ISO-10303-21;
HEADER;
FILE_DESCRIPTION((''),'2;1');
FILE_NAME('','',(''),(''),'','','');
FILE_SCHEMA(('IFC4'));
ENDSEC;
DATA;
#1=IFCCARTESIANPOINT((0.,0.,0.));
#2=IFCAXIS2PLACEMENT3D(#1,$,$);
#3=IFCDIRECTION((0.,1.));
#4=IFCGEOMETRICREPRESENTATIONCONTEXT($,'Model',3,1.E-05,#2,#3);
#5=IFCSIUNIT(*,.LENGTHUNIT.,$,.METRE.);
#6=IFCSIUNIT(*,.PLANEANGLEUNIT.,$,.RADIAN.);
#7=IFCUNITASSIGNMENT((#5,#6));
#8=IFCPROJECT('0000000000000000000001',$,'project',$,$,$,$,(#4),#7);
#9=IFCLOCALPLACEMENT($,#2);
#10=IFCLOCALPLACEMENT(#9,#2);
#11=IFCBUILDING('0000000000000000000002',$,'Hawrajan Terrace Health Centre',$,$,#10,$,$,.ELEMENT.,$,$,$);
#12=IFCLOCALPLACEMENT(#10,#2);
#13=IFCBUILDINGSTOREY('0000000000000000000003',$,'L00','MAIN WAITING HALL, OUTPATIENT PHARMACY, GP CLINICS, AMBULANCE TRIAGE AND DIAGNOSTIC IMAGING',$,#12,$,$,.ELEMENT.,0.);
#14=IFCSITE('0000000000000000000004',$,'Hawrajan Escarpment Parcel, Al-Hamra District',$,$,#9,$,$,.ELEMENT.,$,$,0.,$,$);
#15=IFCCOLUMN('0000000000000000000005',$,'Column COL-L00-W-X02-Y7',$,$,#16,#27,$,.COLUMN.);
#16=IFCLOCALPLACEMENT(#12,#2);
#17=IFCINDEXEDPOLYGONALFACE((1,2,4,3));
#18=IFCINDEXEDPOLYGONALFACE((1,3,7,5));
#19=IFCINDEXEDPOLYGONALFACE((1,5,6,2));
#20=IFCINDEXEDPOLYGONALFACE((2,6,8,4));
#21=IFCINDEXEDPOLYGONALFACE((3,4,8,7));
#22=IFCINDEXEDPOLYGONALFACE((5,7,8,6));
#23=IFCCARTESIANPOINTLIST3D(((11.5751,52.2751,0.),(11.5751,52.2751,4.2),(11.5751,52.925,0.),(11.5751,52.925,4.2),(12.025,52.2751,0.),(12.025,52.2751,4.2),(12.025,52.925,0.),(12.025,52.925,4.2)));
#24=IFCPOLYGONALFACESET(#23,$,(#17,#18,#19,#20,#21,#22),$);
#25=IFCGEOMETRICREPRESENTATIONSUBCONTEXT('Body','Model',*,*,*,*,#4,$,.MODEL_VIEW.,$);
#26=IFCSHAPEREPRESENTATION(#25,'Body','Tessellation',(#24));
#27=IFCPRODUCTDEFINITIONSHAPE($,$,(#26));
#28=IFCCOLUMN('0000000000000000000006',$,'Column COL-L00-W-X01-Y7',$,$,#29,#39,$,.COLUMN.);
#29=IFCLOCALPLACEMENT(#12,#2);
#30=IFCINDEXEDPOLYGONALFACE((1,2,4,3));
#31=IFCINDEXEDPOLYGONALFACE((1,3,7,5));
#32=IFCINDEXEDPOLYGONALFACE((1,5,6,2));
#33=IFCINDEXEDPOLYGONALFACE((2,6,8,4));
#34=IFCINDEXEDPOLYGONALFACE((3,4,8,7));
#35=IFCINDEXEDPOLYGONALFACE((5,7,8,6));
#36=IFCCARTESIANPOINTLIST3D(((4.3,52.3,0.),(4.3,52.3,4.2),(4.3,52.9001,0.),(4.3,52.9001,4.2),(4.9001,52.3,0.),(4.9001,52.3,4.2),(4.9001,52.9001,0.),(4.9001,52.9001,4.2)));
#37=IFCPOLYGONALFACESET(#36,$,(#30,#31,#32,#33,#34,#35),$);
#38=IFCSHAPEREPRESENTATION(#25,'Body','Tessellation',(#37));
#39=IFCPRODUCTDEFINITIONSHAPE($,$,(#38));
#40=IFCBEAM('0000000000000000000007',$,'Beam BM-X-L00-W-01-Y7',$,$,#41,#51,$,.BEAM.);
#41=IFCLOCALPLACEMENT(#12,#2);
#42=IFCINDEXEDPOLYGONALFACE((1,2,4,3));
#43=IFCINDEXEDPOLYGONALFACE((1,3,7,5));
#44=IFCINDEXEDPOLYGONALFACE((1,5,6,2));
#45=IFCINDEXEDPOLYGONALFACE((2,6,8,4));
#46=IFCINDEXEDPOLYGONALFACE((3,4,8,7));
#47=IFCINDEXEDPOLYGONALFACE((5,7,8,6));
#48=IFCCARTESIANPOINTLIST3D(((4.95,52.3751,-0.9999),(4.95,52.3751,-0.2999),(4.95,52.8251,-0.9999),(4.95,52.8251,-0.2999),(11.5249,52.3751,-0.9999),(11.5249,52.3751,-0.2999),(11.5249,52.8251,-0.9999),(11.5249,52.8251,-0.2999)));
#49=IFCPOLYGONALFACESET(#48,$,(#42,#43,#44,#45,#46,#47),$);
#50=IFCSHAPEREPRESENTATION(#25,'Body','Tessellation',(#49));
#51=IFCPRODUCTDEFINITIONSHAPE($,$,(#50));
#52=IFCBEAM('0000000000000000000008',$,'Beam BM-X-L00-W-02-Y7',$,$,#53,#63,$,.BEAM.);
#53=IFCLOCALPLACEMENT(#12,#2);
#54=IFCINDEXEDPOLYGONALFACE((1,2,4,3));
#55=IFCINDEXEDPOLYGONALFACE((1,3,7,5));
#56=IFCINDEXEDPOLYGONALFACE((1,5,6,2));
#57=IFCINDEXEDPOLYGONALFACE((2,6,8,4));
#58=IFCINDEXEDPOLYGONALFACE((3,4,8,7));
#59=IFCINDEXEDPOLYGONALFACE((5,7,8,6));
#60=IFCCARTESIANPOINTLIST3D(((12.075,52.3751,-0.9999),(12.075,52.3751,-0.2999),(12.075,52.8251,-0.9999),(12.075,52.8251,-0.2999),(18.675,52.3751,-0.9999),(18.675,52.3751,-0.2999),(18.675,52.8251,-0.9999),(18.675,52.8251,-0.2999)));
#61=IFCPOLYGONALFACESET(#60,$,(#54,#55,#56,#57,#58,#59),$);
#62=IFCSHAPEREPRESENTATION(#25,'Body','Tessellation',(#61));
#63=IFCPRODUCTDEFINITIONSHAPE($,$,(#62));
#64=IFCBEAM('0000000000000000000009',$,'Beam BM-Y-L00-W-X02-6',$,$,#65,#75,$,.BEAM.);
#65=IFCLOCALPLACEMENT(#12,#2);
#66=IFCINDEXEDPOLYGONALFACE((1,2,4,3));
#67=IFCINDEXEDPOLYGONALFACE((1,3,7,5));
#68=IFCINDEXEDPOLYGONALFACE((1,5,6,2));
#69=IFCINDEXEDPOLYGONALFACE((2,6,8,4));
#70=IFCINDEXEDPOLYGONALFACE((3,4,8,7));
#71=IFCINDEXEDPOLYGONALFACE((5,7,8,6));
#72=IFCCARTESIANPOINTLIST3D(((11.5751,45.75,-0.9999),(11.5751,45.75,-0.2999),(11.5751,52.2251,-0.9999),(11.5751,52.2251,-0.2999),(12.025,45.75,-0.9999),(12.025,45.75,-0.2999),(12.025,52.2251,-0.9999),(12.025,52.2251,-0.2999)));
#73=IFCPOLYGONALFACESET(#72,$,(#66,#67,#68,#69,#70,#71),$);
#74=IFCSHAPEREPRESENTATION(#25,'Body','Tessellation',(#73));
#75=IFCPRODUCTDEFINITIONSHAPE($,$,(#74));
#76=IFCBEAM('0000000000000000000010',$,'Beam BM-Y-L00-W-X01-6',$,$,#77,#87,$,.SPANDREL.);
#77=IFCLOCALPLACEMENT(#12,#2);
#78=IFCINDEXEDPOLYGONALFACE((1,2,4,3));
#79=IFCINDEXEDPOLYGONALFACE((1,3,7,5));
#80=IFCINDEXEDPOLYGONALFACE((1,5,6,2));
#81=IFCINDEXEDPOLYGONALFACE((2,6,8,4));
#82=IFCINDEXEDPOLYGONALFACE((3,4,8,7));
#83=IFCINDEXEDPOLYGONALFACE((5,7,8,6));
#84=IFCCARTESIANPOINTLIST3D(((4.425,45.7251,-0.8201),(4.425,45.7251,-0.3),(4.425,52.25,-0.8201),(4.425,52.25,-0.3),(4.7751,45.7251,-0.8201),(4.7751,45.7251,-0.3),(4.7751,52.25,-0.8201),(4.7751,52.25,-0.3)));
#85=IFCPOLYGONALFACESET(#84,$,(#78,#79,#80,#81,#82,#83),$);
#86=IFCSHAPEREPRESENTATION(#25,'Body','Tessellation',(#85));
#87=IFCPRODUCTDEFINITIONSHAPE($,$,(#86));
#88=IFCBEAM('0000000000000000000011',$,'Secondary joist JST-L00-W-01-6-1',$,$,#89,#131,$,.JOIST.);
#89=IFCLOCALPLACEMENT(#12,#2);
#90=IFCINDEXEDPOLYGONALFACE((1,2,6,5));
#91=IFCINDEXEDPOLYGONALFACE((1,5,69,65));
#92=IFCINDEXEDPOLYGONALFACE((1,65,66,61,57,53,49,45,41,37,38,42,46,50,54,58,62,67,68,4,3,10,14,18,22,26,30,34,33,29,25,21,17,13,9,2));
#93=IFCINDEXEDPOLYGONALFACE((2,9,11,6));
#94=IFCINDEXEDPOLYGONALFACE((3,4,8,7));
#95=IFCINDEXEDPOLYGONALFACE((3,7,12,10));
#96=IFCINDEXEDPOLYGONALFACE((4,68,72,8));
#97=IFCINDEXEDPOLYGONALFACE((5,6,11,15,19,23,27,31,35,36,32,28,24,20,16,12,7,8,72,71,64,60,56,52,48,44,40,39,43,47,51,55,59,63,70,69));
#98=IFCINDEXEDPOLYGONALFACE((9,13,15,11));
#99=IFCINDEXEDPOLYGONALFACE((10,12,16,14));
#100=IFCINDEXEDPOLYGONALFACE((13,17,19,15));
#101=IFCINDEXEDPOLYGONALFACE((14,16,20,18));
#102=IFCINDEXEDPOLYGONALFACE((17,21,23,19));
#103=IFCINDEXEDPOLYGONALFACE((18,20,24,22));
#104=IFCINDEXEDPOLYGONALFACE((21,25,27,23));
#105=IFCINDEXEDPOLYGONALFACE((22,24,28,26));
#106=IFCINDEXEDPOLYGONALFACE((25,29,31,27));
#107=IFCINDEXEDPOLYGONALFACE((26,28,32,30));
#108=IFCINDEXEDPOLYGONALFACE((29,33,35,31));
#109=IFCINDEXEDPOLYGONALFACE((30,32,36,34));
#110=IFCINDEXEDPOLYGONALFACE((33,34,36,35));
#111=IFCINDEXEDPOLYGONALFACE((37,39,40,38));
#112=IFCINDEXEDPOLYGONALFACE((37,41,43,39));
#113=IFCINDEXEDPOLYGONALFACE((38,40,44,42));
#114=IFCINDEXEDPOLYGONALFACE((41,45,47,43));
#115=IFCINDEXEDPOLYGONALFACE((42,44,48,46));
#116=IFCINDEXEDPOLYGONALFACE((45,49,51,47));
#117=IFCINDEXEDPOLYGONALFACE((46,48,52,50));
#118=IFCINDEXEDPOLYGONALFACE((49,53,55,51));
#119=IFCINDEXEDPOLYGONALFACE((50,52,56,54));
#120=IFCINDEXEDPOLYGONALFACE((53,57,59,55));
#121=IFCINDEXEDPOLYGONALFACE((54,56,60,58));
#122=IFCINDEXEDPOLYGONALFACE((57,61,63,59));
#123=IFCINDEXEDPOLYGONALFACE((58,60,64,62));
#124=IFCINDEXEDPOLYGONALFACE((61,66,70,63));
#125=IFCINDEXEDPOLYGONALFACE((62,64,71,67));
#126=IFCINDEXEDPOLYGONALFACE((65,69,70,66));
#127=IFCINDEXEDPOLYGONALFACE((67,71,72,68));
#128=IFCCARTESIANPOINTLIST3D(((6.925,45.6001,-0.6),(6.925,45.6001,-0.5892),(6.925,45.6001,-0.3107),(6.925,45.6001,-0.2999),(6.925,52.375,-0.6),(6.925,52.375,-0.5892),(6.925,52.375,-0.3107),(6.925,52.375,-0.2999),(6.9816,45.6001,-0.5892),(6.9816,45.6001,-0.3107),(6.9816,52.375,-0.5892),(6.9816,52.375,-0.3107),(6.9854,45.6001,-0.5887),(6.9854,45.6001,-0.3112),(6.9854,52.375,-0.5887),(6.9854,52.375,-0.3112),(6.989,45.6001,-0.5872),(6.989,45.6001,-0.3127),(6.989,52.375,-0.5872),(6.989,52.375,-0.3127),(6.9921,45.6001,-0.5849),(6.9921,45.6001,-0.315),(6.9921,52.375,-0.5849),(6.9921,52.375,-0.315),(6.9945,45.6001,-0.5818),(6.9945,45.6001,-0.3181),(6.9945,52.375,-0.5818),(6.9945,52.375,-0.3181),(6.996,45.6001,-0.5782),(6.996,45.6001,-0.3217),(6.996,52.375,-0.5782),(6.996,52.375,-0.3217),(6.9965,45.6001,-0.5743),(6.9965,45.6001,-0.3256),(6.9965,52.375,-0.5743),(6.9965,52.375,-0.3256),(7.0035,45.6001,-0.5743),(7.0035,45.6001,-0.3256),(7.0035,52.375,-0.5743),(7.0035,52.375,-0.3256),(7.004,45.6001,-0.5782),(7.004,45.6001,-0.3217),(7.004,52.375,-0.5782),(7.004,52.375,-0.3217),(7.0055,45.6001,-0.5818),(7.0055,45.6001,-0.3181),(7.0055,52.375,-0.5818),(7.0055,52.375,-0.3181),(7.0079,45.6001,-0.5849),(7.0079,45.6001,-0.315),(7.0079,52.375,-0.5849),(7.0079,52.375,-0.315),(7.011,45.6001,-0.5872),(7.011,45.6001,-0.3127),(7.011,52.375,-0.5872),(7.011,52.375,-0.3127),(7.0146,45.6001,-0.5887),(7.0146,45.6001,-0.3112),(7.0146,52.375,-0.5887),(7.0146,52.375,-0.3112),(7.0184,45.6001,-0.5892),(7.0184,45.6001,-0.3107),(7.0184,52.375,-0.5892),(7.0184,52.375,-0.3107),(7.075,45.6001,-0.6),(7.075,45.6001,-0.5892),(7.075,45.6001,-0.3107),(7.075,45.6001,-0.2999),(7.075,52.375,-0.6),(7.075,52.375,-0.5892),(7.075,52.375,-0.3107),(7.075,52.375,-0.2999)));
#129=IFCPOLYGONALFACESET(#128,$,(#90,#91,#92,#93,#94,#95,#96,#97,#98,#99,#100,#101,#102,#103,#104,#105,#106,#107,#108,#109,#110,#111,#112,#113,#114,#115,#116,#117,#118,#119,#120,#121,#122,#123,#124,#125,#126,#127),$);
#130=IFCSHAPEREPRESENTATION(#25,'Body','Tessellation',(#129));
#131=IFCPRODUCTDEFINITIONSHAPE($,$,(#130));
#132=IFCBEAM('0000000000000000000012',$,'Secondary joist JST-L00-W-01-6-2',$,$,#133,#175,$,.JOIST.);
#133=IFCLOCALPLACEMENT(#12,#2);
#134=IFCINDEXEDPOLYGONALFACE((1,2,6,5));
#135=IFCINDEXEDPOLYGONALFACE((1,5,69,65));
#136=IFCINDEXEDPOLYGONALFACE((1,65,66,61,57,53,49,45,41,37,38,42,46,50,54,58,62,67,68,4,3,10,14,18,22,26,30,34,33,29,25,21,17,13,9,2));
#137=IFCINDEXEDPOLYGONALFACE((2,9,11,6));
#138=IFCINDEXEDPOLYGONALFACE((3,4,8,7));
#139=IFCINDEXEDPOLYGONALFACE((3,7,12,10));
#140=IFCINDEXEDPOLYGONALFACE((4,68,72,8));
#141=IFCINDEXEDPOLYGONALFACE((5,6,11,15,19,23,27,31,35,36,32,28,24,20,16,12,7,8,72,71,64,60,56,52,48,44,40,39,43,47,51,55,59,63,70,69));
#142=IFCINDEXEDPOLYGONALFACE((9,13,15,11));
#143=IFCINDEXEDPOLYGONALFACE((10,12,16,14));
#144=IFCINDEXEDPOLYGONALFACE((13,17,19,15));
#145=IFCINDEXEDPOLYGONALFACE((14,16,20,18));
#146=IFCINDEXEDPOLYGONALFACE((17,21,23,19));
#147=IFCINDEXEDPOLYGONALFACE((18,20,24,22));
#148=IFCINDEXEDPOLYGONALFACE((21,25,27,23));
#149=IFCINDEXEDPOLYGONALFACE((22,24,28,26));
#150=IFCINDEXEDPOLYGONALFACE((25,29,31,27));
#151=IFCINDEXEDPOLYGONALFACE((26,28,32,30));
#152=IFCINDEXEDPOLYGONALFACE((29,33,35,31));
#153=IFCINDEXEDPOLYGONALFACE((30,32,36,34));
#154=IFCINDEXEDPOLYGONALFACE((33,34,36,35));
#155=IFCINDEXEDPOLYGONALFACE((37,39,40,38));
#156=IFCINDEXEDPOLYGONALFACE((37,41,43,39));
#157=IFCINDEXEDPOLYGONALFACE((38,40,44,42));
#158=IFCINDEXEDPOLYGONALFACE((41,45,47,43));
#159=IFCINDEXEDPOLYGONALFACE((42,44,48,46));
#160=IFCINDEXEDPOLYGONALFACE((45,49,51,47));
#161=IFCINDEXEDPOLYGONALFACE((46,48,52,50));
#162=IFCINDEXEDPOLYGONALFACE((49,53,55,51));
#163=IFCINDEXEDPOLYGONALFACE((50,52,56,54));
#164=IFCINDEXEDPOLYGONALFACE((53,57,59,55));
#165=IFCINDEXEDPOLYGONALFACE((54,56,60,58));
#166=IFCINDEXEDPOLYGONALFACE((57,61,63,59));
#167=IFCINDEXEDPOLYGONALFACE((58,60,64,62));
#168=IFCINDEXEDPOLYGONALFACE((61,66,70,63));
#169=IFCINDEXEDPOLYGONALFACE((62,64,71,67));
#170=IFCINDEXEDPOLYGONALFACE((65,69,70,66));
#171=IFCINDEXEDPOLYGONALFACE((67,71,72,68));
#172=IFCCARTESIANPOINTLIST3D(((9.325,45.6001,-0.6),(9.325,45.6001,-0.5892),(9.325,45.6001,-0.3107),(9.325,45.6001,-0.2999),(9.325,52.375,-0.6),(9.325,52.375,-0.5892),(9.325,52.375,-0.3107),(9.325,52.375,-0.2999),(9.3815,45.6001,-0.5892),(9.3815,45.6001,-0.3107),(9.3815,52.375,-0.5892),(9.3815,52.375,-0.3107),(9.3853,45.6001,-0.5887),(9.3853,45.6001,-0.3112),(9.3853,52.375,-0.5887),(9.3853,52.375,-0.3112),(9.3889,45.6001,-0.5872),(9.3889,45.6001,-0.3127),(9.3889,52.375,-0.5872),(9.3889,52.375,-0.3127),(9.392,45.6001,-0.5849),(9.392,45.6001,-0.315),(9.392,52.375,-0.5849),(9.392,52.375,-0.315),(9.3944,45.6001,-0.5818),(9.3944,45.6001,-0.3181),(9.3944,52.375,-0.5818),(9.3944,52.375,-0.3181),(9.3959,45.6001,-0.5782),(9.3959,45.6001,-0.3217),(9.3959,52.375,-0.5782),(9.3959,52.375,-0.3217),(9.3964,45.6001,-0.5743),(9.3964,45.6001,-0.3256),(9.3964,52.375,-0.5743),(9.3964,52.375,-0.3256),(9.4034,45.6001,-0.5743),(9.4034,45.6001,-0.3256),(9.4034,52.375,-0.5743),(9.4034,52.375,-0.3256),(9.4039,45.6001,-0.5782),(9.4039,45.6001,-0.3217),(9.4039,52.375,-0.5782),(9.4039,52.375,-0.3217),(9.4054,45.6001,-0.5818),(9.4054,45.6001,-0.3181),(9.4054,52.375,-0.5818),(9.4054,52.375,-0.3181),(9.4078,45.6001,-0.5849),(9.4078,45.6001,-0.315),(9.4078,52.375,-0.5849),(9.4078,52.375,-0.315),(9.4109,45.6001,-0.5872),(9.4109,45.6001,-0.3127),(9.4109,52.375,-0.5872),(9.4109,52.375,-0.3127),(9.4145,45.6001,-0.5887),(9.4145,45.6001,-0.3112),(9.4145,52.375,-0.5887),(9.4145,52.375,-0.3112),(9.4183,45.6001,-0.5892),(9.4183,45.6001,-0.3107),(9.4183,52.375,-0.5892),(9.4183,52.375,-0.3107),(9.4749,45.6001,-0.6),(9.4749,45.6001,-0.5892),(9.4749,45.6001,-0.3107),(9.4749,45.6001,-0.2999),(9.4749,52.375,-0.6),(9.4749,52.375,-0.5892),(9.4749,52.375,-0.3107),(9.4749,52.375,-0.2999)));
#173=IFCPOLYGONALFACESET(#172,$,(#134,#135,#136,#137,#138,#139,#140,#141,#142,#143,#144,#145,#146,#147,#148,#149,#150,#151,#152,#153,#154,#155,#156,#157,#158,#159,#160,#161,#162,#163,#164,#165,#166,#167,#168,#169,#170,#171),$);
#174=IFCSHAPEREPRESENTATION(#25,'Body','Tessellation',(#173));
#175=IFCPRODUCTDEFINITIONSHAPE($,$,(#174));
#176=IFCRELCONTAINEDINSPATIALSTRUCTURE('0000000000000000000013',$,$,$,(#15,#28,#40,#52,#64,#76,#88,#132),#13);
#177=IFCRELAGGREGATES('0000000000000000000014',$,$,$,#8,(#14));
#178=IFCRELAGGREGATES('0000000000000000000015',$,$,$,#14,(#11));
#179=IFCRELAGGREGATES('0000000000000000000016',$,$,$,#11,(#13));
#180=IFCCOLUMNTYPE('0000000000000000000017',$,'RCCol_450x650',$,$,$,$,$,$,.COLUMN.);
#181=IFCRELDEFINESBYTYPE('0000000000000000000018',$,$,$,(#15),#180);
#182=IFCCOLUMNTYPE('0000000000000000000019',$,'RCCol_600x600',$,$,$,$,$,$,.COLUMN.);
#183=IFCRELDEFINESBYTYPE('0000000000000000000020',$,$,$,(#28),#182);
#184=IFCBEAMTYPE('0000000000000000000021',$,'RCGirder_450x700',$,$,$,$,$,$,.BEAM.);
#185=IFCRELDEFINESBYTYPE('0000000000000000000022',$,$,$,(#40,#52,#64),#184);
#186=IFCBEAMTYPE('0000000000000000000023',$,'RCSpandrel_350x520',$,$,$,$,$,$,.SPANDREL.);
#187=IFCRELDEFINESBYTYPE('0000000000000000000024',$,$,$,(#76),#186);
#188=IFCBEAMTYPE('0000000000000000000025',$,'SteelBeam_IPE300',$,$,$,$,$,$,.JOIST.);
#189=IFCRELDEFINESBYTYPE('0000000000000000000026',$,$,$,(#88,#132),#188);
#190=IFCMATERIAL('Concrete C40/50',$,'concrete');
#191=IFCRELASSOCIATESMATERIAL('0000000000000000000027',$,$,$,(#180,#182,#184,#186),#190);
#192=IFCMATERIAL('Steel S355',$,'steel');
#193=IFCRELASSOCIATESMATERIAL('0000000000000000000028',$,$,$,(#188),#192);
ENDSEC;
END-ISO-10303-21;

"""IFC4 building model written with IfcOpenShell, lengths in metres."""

from ifc_helpers import new_model, si_unit, direction, frame, origin, origin_2d, place, context, subcontext, project, spatial, rectangle, i_section, extrude, material, material_profile, profile_set, type_object, element, save


model = new_model("IFC4")

# Units and contexts
model_context = context("Model", 3, precision=1e-05, world=origin(), true_north=direction((0.0, 1.0)))
body_context = subcontext(model_context, "Body", "Model", "MODEL_VIEW")
ifc_project = project(units=[si_unit("LENGTHUNIT", "METRE"), si_unit("PLANEANGLEUNIT", "RADIAN")], contexts=[model_context])

# Site, building, storey
site_placement = place(None, origin())
site = spatial("IfcSite", under=ifc_project, at=site_placement, Name="Hawrajan Escarpment Parcel, Al-Hamra District", CompositionType="ELEMENT", RefElevation=0.0)
building_placement = place(site_placement, origin())
building = spatial("IfcBuilding", under=site, at=building_placement, Name="Hawrajan Terrace Health Centre", CompositionType="ELEMENT")
storey_placement = place(building_placement, origin())
storey = spatial("IfcBuildingStorey", under=building, at=storey_placement, Name="L00", Description="MAIN WAITING HALL, OUTPATIENT PHARMACY, GP CLINICS, AMBULANCE TRIAGE AND DIAGNOSTIC IMAGING", CompositionType="ELEMENT", Elevation=0.0)

# Columns
ifc_material_1 = material(Name="Concrete C40/50", Category="concrete")
ifc_material_profile_1 = material_profile(ifc_material_1, rectangle(XDim=0.45, YDim=0.6499, at=origin_2d()), Name="RC 450x650")
ifc_profile_set_1 = profile_set([ifc_material_profile_1], Name="Concrete C40/50")
column_type_1 = type_object("IfcColumnType", Name="RCCol_450x650", PredefinedType="COLUMN", material=ifc_profile_set_1)
column_1_placement = place(storey_placement, frame((11.8, 52.6001, 0.0), z_axis=(0.0, 0.0, 1.0), x_axis=(1.0, 0.0, 0.0)))
element("IfcColumn", 1, at=column_1_placement, inside=storey, type_object=column_type_1, Name="Column COL-L00-W-X02-Y7", PredefinedType="COLUMN", context=body_context, shape_type="SweptSolid", body=[
    extrude(rectangle(XDim=0.45, YDim=0.6499, at=origin_2d()), origin(), (0.0, 0.0, 1.0), 4.2),
])
ifc_material_profile_2 = material_profile(ifc_material_1, rectangle(XDim=0.6001, YDim=0.6001, at=origin_2d()), Name="RC 600x600")
ifc_profile_set_2 = profile_set([ifc_material_profile_2], Name="Concrete C40/50")
column_type_2 = type_object("IfcColumnType", Name="RCCol_600x600", PredefinedType="COLUMN", material=ifc_profile_set_2)
column_2_placement = place(storey_placement, frame((4.6001, 52.6001, 0.0), z_axis=(0.0, 0.0, 1.0), x_axis=(1.0, 0.0, 0.0)))
element("IfcColumn", 2, at=column_2_placement, inside=storey, type_object=column_type_2, Name="Column COL-L00-W-X01-Y7", PredefinedType="COLUMN", context=body_context, shape_type="SweptSolid", body=[
    extrude(rectangle(XDim=0.6001, YDim=0.6001, at=origin_2d()), origin(), (0.0, 0.0, 1.0), 4.2),
])

# Beams
ifc_material_profile_3 = material_profile(ifc_material_1, rectangle(XDim=0.45, YDim=0.7, at=origin_2d()), Name="RC BM 450x700")
ifc_profile_set_3 = profile_set([ifc_material_profile_3], Name="Concrete C40/50")
beam_type_1 = type_object("IfcBeamType", Name="RCGirder_450x700", PredefinedType="BEAM", material=ifc_profile_set_3)
beam_1_placement = place(storey_placement, frame((4.95, 52.6001, -0.6499), z_axis=(1.0, 0.0, 0.0), x_axis=(0.0, 1.0, 0.0)))
element("IfcBeam", 3, at=beam_1_placement, inside=storey, type_object=beam_type_1, Name="Beam BM-X-L00-W-01-Y7", PredefinedType="BEAM", context=body_context, shape_type="SweptSolid", body=[
    extrude(rectangle(XDim=0.45, YDim=0.7, at=origin_2d()), origin(), (0.0, 0.0, 1.0), 6.575),
])
beam_2_placement = place(storey_placement, frame((12.075, 52.6001, -0.6499), z_axis=(1.0, 0.0, 0.0), x_axis=(0.0, 1.0, 0.0)))
element("IfcBeam", 4, at=beam_2_placement, inside=storey, type_object=beam_type_1, Name="Beam BM-X-L00-W-02-Y7", PredefinedType="BEAM", context=body_context, shape_type="SweptSolid", body=[
    extrude(rectangle(XDim=0.45, YDim=0.7, at=origin_2d()), origin(), (0.0, 0.0, 1.0), 6.6001),
])
beam_3_placement = place(storey_placement, frame((11.8, 45.75, -0.6499), z_axis=(0.0, 1.0, 0.0), x_axis=(-1.0, 0.0, 0.0)))
element("IfcBeam", 5, at=beam_3_placement, inside=storey, type_object=beam_type_1, Name="Beam BM-Y-L00-W-X02-6", PredefinedType="BEAM", context=body_context, shape_type="SweptSolid", body=[
    extrude(rectangle(XDim=0.45, YDim=0.7, at=origin_2d()), origin(), (0.0, 0.0, 1.0), 6.4751),
])
ifc_material_profile_4 = material_profile(ifc_material_1, rectangle(XDim=0.3501, YDim=0.52, at=origin_2d()), Name="RC SP 350x520")
ifc_profile_set_4 = profile_set([ifc_material_profile_4], Name="Concrete C40/50")
beam_type_2 = type_object("IfcBeamType", Name="RCSpandrel_350x520", PredefinedType="SPANDREL", material=ifc_profile_set_4)
beam_4_placement = place(storey_placement, frame((4.6001, 45.7251, -0.5601), z_axis=(0.0, 1.0, 0.0), x_axis=(-1.0, 0.0, 0.0)))
element("IfcBeam", 6, at=beam_4_placement, inside=storey, type_object=beam_type_2, Name="Beam BM-Y-L00-W-X01-6", PredefinedType="SPANDREL", context=body_context, shape_type="SweptSolid", body=[
    extrude(rectangle(XDim=0.3501, YDim=0.52, at=origin_2d()), origin(), (0.0, 0.0, 1.0), 6.5249),
])
ifc_material_2 = material(Name="Steel S355", Category="steel")
ifc_material_profile_5 = material_profile(ifc_material_2, i_section(OverallWidth=0.1499, OverallDepth=0.3, WebThickness=0.0071, FlangeThickness=0.0107, FilletRadius=0.0149, at=origin_2d()), Name="IPE 300")
ifc_profile_set_5 = profile_set([ifc_material_profile_5], Name="Steel S355")
beam_type_3 = type_object("IfcBeamType", Name="SteelBeam_IPE300", PredefinedType="JOIST", material=ifc_profile_set_5)
for number, where, z_axis, x_axis, name in (
    (7, (7.0, 45.6001, -0.45), (0.0, 1.0, 0.0), (-1.0, 0.0, 0.0), "Secondary joist JST-L00-W-01-6-1"),
    (8, (9.3999, 45.6001, -0.45), (0.0, 1.0, 0.0), (-1.0, 0.0, 0.0), "Secondary joist JST-L00-W-01-6-2"),
):
    element("IfcBeam", number, at=place(storey_placement, frame(where, z_axis=z_axis, x_axis=x_axis)), inside=storey, type_object=beam_type_3, Name=name, PredefinedType="JOIST", context=body_context, shape_type="SweptSolid", body=[
        extrude(i_section(OverallWidth=0.1499, OverallDepth=0.3, WebThickness=0.0071, FlangeThickness=0.0107, FilletRadius=0.0149, at=origin_2d()), origin(), (0.0, 0.0, 1.0), 6.7749),
    ])

save(model, "model.ifc")
